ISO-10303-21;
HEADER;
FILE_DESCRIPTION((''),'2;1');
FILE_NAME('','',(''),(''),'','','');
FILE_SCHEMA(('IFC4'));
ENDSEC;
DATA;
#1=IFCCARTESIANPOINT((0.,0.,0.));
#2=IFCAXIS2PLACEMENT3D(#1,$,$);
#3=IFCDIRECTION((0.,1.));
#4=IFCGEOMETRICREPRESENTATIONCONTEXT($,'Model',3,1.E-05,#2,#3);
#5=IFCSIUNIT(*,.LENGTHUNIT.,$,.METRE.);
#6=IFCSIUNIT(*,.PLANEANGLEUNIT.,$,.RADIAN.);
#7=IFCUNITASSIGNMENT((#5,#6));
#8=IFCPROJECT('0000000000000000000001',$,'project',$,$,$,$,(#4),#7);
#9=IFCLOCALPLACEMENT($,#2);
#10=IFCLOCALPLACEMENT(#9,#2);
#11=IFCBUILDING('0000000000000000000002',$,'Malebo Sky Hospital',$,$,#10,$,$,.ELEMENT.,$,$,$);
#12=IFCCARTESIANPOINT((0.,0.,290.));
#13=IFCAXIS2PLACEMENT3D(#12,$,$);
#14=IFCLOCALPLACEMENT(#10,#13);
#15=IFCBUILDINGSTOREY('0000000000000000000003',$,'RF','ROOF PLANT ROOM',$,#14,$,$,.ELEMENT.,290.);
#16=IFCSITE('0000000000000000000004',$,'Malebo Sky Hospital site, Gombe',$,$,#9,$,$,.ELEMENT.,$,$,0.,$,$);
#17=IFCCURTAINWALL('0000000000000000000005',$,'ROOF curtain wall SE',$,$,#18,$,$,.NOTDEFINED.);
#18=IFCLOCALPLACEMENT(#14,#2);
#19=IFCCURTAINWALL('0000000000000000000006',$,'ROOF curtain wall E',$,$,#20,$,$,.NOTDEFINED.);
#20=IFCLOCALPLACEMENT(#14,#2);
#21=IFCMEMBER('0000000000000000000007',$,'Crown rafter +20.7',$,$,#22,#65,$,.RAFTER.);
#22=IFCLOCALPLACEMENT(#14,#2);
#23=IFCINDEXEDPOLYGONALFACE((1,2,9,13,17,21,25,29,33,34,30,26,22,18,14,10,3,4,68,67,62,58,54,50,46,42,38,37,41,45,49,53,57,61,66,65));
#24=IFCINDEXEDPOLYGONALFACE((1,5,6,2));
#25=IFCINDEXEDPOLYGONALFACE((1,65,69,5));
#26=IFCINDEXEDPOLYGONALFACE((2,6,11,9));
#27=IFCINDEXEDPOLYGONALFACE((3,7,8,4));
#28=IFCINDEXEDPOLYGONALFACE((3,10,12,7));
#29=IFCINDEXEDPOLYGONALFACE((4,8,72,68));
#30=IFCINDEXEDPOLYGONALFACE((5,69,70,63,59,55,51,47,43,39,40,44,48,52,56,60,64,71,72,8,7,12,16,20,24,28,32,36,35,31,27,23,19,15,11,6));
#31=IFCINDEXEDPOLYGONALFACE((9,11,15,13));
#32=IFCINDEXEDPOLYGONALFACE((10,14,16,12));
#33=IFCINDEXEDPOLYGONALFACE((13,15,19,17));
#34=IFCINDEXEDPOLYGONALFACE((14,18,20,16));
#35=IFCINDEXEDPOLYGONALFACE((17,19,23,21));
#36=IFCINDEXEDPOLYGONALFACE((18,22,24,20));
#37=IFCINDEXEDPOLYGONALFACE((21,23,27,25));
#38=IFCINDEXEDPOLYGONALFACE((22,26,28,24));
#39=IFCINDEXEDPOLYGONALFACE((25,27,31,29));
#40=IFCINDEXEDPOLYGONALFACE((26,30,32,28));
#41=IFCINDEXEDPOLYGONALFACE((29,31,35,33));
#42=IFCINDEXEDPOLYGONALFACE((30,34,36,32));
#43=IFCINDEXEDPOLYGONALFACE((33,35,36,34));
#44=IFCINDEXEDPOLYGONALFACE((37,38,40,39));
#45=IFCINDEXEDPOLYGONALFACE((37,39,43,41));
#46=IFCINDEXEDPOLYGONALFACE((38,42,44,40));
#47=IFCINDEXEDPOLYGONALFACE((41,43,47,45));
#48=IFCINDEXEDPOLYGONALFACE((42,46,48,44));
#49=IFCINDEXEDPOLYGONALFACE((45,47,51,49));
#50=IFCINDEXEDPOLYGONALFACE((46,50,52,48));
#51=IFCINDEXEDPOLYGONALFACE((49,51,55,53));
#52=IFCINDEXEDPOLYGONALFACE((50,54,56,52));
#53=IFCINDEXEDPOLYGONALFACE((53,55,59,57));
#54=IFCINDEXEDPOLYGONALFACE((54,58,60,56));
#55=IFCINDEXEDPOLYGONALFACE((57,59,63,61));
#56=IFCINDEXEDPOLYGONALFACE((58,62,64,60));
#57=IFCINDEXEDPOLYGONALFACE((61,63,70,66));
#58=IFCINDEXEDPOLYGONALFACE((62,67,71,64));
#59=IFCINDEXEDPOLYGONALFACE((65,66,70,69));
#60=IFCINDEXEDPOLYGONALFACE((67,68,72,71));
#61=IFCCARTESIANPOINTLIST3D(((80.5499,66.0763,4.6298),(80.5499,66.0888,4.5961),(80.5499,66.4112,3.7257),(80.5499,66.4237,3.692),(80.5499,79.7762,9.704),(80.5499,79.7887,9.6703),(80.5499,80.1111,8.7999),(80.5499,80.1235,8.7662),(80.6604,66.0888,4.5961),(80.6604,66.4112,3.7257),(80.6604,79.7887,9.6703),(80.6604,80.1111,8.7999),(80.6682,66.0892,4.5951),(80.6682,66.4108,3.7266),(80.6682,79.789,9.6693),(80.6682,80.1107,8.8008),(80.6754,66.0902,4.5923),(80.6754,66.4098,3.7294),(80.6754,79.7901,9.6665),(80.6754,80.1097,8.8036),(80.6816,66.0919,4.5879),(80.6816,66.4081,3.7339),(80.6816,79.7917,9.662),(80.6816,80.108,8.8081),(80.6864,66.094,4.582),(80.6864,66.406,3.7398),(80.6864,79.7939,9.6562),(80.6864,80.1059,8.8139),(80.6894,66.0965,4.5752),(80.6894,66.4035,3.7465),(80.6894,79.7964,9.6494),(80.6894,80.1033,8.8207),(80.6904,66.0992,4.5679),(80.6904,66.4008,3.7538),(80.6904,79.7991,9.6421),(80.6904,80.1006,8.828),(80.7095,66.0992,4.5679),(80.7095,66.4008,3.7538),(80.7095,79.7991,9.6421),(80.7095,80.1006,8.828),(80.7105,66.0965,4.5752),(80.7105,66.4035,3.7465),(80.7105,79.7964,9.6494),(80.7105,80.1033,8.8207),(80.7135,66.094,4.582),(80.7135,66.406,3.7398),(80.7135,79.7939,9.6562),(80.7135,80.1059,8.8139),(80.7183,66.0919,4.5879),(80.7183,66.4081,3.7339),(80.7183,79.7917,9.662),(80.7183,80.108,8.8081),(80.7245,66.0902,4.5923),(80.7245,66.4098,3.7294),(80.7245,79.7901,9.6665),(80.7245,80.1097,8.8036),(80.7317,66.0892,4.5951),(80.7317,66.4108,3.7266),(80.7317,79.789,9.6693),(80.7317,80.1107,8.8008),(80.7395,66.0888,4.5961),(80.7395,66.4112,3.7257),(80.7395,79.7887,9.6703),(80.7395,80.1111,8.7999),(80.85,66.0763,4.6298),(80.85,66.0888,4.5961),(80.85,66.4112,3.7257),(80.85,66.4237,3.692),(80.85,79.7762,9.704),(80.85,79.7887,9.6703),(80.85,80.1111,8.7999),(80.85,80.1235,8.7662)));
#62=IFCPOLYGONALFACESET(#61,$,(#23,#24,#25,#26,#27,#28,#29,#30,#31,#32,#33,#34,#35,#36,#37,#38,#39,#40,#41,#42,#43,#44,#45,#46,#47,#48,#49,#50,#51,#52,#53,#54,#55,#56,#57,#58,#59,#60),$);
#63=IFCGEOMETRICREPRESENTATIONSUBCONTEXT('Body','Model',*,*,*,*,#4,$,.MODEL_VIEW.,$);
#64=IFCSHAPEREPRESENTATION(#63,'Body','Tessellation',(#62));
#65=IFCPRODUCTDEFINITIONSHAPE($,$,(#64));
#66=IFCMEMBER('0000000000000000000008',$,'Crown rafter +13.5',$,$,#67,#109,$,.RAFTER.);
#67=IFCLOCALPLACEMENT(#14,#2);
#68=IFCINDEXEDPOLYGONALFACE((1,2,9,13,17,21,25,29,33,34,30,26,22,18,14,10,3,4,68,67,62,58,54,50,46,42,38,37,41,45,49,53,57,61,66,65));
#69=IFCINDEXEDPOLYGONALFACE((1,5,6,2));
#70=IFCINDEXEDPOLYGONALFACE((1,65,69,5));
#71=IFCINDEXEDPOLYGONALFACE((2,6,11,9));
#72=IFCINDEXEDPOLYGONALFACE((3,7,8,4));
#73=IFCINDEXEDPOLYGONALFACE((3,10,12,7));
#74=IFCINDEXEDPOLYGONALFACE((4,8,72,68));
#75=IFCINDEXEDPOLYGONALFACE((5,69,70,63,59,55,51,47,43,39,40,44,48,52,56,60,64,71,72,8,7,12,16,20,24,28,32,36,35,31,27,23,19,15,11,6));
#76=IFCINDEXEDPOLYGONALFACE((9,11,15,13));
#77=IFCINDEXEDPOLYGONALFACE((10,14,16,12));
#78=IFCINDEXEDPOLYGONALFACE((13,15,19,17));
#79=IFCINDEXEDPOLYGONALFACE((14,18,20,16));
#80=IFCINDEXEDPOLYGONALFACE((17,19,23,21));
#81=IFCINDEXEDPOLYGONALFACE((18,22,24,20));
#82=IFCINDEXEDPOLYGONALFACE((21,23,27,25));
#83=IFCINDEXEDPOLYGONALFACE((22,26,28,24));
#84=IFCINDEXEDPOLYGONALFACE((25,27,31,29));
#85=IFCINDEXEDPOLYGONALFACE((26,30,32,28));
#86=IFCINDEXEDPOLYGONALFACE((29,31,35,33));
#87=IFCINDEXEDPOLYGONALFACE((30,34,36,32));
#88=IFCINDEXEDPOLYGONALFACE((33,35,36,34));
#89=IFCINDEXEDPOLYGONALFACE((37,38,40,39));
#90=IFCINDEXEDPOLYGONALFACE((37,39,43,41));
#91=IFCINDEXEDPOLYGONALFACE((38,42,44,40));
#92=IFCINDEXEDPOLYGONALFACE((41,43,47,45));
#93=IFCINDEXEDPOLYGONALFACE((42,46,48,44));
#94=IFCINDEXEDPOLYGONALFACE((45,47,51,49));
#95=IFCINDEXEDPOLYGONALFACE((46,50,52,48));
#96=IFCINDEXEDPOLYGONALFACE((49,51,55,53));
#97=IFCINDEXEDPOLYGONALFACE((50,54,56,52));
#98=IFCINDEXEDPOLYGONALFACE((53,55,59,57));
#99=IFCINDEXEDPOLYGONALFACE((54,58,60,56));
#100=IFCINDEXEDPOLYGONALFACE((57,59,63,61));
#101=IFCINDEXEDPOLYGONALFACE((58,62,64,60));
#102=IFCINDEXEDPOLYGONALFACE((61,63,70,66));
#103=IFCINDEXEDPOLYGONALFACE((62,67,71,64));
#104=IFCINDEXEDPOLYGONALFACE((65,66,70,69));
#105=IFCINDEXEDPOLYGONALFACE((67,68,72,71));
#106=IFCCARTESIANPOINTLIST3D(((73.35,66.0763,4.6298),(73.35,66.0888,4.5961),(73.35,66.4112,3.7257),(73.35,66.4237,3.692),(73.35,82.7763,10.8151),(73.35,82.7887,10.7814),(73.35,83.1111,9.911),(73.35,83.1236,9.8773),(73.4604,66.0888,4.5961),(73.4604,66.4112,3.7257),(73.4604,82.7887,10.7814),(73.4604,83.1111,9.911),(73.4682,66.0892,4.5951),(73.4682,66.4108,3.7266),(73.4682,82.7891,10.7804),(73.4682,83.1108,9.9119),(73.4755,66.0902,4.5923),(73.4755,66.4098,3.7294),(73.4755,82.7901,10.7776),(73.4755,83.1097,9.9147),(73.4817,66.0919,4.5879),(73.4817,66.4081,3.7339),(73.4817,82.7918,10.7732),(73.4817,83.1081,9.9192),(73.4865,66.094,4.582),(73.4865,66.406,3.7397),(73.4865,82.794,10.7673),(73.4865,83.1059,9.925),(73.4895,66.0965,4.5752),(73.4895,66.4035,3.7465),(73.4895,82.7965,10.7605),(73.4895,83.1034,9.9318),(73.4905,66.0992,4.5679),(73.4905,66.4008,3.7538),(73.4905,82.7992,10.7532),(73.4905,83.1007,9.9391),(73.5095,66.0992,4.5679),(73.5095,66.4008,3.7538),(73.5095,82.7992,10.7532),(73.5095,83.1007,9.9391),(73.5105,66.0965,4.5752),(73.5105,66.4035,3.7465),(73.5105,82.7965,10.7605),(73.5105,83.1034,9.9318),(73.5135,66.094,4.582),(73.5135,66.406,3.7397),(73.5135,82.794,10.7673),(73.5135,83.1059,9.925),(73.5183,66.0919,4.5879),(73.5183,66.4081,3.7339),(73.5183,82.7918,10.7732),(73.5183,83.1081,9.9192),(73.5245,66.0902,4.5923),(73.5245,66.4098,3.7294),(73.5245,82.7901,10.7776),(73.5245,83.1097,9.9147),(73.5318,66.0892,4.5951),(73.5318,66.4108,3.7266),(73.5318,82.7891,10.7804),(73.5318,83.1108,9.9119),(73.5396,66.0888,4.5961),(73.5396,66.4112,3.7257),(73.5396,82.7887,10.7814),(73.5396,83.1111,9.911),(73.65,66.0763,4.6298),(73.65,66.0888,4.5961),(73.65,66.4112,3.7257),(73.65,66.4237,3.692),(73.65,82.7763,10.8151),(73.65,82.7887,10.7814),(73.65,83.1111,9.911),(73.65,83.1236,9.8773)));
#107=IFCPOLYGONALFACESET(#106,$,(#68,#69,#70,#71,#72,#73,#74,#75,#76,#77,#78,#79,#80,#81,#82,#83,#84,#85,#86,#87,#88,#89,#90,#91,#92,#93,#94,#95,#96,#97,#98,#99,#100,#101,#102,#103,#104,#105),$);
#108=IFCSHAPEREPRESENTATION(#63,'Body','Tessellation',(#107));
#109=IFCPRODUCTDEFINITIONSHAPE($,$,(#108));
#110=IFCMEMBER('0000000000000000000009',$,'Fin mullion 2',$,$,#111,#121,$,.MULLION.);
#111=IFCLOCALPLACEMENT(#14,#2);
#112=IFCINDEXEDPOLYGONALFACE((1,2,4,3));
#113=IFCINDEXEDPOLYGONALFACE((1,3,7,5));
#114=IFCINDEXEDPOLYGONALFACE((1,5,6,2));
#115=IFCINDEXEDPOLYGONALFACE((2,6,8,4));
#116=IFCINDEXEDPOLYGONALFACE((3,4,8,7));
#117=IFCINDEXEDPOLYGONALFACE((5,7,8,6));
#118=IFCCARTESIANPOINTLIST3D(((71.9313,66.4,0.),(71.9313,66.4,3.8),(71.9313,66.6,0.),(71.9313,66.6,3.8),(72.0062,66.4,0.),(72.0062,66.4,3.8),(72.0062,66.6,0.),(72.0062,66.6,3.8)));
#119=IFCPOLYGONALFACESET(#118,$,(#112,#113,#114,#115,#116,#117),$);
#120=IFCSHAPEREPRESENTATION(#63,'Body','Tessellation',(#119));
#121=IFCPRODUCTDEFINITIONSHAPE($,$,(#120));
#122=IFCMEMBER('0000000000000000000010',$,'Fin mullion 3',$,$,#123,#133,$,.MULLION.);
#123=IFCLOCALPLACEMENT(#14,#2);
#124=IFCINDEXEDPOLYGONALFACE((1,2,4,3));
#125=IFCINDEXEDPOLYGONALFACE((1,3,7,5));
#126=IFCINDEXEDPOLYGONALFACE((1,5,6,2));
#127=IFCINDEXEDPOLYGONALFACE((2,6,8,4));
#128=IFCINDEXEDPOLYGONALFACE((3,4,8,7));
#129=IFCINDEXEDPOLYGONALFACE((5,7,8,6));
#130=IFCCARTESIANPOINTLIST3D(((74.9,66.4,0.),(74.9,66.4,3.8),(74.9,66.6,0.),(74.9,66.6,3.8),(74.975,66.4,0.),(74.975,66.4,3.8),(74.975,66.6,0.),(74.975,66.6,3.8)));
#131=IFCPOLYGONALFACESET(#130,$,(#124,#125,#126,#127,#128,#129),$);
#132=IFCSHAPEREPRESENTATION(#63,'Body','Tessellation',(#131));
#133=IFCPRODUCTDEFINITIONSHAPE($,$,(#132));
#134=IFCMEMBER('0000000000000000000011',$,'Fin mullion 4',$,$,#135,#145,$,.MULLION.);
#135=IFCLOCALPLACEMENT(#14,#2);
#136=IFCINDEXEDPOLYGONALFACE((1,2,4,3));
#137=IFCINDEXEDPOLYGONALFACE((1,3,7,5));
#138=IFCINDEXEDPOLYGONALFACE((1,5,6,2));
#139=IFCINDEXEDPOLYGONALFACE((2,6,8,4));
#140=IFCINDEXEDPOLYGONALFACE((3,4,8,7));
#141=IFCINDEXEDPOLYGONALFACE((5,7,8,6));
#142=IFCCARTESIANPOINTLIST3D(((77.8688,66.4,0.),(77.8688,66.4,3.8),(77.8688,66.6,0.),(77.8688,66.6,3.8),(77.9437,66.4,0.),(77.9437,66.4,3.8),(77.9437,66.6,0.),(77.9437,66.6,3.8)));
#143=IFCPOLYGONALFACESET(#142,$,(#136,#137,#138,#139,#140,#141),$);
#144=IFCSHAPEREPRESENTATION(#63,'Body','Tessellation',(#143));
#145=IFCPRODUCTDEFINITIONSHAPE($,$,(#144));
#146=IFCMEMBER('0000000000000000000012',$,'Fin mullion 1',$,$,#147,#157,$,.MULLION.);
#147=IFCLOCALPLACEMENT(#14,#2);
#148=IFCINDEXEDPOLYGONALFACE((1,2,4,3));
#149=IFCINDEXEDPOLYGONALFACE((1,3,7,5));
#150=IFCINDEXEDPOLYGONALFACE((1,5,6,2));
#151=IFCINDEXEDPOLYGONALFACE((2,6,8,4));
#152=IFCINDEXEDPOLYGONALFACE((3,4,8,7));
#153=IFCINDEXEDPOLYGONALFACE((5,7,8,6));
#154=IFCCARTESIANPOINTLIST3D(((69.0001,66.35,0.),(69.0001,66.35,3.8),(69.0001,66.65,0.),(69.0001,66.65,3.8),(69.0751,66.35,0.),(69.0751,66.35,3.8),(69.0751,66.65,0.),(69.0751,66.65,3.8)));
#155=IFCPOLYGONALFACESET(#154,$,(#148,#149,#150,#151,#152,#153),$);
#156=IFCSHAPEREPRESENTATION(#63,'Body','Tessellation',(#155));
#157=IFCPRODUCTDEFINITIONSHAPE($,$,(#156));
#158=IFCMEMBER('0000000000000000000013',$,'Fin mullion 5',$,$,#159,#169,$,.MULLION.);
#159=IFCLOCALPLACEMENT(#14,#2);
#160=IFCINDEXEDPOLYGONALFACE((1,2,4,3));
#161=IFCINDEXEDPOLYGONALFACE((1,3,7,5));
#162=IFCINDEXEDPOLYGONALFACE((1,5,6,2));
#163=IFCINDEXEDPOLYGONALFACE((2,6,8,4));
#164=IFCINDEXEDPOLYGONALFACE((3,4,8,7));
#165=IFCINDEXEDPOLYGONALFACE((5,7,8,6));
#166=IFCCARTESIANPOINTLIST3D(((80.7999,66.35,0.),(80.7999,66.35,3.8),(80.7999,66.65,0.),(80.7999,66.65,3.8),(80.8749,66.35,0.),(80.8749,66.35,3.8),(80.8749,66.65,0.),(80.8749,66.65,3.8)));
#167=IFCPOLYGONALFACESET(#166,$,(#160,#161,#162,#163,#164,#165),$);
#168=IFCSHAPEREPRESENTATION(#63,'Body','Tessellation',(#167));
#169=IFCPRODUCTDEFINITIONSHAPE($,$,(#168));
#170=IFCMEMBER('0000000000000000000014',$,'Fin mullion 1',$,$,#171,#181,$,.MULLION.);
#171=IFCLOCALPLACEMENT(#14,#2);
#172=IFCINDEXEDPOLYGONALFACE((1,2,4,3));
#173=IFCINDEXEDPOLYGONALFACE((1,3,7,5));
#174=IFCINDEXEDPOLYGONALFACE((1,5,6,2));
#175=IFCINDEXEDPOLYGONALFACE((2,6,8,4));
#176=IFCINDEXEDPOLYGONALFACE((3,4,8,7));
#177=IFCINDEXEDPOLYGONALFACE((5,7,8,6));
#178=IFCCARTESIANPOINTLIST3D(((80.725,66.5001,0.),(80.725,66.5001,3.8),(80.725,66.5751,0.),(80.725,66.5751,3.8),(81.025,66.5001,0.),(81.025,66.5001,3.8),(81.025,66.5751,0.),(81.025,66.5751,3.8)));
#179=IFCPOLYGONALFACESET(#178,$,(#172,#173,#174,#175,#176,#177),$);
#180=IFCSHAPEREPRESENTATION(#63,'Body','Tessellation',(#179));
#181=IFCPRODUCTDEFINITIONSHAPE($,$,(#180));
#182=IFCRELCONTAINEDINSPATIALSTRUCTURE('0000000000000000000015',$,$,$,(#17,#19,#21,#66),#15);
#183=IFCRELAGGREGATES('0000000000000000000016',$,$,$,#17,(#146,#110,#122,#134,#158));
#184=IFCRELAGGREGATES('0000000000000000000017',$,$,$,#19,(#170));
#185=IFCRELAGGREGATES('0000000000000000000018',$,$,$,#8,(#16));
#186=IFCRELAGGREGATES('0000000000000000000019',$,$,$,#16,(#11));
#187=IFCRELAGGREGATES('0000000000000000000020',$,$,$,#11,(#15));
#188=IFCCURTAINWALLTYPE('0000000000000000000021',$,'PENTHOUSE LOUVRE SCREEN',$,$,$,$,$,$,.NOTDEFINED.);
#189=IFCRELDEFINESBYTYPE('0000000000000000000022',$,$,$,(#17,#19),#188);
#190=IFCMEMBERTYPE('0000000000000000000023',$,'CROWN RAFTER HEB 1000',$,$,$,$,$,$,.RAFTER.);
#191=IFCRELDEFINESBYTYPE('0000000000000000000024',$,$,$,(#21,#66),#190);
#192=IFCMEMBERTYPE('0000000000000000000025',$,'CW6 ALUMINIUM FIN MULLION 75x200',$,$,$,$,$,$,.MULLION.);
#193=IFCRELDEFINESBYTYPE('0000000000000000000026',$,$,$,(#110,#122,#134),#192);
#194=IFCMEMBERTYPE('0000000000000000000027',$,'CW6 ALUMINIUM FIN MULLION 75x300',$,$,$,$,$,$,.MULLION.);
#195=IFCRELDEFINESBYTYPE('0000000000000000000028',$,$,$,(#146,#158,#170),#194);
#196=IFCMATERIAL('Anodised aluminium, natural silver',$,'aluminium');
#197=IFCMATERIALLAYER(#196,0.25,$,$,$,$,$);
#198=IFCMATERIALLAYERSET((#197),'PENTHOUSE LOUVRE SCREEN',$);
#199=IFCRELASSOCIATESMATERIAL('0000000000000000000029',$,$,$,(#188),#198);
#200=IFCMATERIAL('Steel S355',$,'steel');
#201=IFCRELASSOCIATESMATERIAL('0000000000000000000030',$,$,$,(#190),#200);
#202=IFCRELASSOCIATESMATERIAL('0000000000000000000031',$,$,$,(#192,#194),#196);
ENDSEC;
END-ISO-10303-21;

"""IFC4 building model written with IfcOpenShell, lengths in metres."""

from ifc_helpers import new_model, si_unit, direction, frame, origin, origin_2d, place, context, subcontext, project, spatial, rectangle, i_section, extrude, material, layer, layer_set, material_profile, profile_set, type_object, element, aggregate, save


model = new_model("IFC4")

# Units and contexts
model_context = context("Model", 3, precision=1e-05, world=origin(), true_north=direction((0.0, 1.0)))
body_context = subcontext(model_context, "Body", "Model", "MODEL_VIEW")
ifc_project = project(units=[si_unit("LENGTHUNIT", "METRE"), si_unit("PLANEANGLEUNIT", "RADIAN")], contexts=[model_context])

# Site, building, storey
site_placement = place(None, origin())
site = spatial("IfcSite", under=ifc_project, at=site_placement, Name="Malebo Sky Hospital site, Gombe", CompositionType="ELEMENT", RefElevation=0.0)
building_placement = place(site_placement, origin())
building = spatial("IfcBuilding", under=site, at=building_placement, Name="Malebo Sky Hospital", CompositionType="ELEMENT")
storey_placement = place(building_placement, frame((0.0, 0.0, 290.0)))
storey = spatial("IfcBuildingStorey", under=building, at=storey_placement, Name="RF", Description="ROOF PLANT ROOM", CompositionType="ELEMENT", Elevation=290.0)

# Shared definitions
ifc_material_1 = material(Name="Steel S355", Category="steel")

# Curtain wall
ifc_material_2 = material(Name="Anodised aluminium, natural silver", Category="aluminium")
ifc_layer_1 = layer(ifc_material_2, 0.25)
ifc_layer_set_1 = layer_set([ifc_layer_1], Name="PENTHOUSE LOUVRE SCREEN")
curtain_wall_type = type_object("IfcCurtainWallType", Name="PENTHOUSE LOUVRE SCREEN", PredefinedType="NOTDEFINED", material=ifc_layer_set_1)
curtain_wall_1_placement = place(storey_placement, origin())
curtain_wall_1 = element("IfcCurtainWall", 1, at=curtain_wall_1_placement, inside=storey, type_object=curtain_wall_type, Name="ROOF curtain wall SE", PredefinedType="NOTDEFINED")

# Curtain wall
curtain_wall_2_placement = place(storey_placement, origin())
curtain_wall_2 = element("IfcCurtainWall", 2, at=curtain_wall_2_placement, inside=storey, type_object=curtain_wall_type, Name="ROOF curtain wall E", PredefinedType="NOTDEFINED")

# Members
ifc_material_profile_1 = material_profile(ifc_material_1, i_section(OverallWidth=0.3, OverallDepth=1.0, WebThickness=0.019, FlangeThickness=0.0359, FilletRadius=0.03, at=origin_2d()), Name="HEB 1000")
ifc_profile_set_1 = profile_set([ifc_material_profile_1], Name="Steel S355")
member_type_1 = type_object("IfcMemberType", Name="CROWN RAFTER HEB 1000", PredefinedType="RAFTER", material=ifc_profile_set_1)
member_1_placement = place(storey_placement, frame((80.7, 66.25, 4.1609), z_axis=(0.0, 0.937745, 0.347324), x_axis=(-1.0, 0.0, 0.0)))
element("IfcMember", 3, at=member_1_placement, inside=storey, type_object=member_type_1, Name="Crown rafter +20.7", PredefinedType="RAFTER", context=body_context, shape_type="SweptSolid", body=[
    extrude(i_section(OverallWidth=0.3, OverallDepth=1.0, WebThickness=0.019, FlangeThickness=0.0359, FilletRadius=0.03, at=origin_2d()), origin(), (0.0, 0.0, 1.0), 14.6094),
])
member_2_placement = place(storey_placement, frame((73.5, 66.25, 4.1609), z_axis=(0.0, 0.937746, 0.347321), x_axis=(-1.0, 0.0, 0.0)))
element("IfcMember", 4, at=member_2_placement, inside=storey, type_object=member_type_1, Name="Crown rafter +13.5", PredefinedType="RAFTER", context=body_context, shape_type="SweptSolid", body=[
    extrude(i_section(OverallWidth=0.3, OverallDepth=1.0, WebThickness=0.019, FlangeThickness=0.0359, FilletRadius=0.03, at=origin_2d()), origin(), (0.0, 0.0, 1.0), 17.8086),
])

# Members
ifc_material_profile_2 = material_profile(ifc_material_2, rectangle(XDim=0.075, YDim=0.2, at=origin_2d()), Name="CW6 ALUMINIUM FIN MULLION 75x200")
ifc_profile_set_2 = profile_set([ifc_material_profile_2], Name="Anodised aluminium, natural silver")
member_type_2 = type_object("IfcMemberType", Name="CW6 ALUMINIUM FIN MULLION 75x200", PredefinedType="MULLION", material=ifc_profile_set_2)
member_3_placement = place(storey_placement, frame((71.9688, 66.5, 0.0), z_axis=(0.0, 0.0, 1.0), x_axis=(1.0, 0.0, 0.0)))
member_3 = element("IfcMember", 5, at=member_3_placement, type_object=member_type_2, Name="Fin mullion 2", PredefinedType="MULLION", context=body_context, shape_type="SweptSolid", body=[
    extrude(rectangle(XDim=0.075, YDim=0.2, at=origin_2d()), origin(), (0.0, 0.0, 1.0), 3.8),
])
member_4_placement = place(storey_placement, frame((74.9375, 66.5, 0.0), z_axis=(0.0, 0.0, 1.0), x_axis=(1.0, 0.0, 0.0)))
member_4 = element("IfcMember", 6, at=member_4_placement, type_object=member_type_2, Name="Fin mullion 3", PredefinedType="MULLION", context=body_context, shape_type="SweptSolid", body=[
    extrude(rectangle(XDim=0.075, YDim=0.2, at=origin_2d()), origin(), (0.0, 0.0, 1.0), 3.8),
])
member_5_placement = place(storey_placement, frame((77.9062, 66.5, 0.0), z_axis=(0.0, 0.0, 1.0), x_axis=(1.0, 0.0, 0.0)))
member_5 = element("IfcMember", 7, at=member_5_placement, type_object=member_type_2, Name="Fin mullion 4", PredefinedType="MULLION", context=body_context, shape_type="SweptSolid", body=[
    extrude(rectangle(XDim=0.075, YDim=0.2, at=origin_2d()), origin(), (0.0, 0.0, 1.0), 3.8),
])
ifc_material_profile_3 = material_profile(ifc_material_2, rectangle(XDim=0.075, YDim=0.3, at=origin_2d()), Name="CW6 ALUMINIUM FIN MULLION 75x300")
ifc_profile_set_3 = profile_set([ifc_material_profile_3], Name="Anodised aluminium, natural silver")
member_type_3 = type_object("IfcMemberType", Name="CW6 ALUMINIUM FIN MULLION 75x300", PredefinedType="MULLION", material=ifc_profile_set_3)
member_6_placement = place(storey_placement, frame((69.0376, 66.5, 0.0), z_axis=(0.0, 0.0, 1.0), x_axis=(1.0, 0.0, 0.0)))
member_6 = element("IfcMember", 8, at=member_6_placement, type_object=member_type_3, Name="Fin mullion 1", PredefinedType="MULLION", context=body_context, shape_type="SweptSolid", body=[
    extrude(rectangle(XDim=0.075, YDim=0.3, at=origin_2d()), origin(), (0.0, 0.0, 1.0), 3.8),
])
member_7_placement = place(storey_placement, frame((80.8374, 66.5, 0.0), z_axis=(0.0, 0.0, 1.0), x_axis=(1.0, 0.0, 0.0)))
member_7 = element("IfcMember", 9, at=member_7_placement, type_object=member_type_3, Name="Fin mullion 5", PredefinedType="MULLION", context=body_context, shape_type="SweptSolid", body=[
    extrude(rectangle(XDim=0.075, YDim=0.3, at=origin_2d()), origin(), (0.0, 0.0, 1.0), 3.8),
])
member_8_placement = place(storey_placement, frame((80.875, 66.5376, 0.0), z_axis=(0.0, 0.0, 1.0), x_axis=(0.0, 1.0, 0.0)))
member_8 = element("IfcMember", 10, at=member_8_placement, type_object=member_type_3, Name="Fin mullion 1", PredefinedType="MULLION", context=body_context, shape_type="SweptSolid", body=[
    extrude(rectangle(XDim=0.075, YDim=0.3, at=origin_2d()), origin(), (0.0, 0.0, 1.0), 3.8),
])

aggregate(curtain_wall_1, [member_6, member_3, member_4, member_5, member_7])
aggregate(curtain_wall_2, [member_8])

save(model, "model.ifc")
